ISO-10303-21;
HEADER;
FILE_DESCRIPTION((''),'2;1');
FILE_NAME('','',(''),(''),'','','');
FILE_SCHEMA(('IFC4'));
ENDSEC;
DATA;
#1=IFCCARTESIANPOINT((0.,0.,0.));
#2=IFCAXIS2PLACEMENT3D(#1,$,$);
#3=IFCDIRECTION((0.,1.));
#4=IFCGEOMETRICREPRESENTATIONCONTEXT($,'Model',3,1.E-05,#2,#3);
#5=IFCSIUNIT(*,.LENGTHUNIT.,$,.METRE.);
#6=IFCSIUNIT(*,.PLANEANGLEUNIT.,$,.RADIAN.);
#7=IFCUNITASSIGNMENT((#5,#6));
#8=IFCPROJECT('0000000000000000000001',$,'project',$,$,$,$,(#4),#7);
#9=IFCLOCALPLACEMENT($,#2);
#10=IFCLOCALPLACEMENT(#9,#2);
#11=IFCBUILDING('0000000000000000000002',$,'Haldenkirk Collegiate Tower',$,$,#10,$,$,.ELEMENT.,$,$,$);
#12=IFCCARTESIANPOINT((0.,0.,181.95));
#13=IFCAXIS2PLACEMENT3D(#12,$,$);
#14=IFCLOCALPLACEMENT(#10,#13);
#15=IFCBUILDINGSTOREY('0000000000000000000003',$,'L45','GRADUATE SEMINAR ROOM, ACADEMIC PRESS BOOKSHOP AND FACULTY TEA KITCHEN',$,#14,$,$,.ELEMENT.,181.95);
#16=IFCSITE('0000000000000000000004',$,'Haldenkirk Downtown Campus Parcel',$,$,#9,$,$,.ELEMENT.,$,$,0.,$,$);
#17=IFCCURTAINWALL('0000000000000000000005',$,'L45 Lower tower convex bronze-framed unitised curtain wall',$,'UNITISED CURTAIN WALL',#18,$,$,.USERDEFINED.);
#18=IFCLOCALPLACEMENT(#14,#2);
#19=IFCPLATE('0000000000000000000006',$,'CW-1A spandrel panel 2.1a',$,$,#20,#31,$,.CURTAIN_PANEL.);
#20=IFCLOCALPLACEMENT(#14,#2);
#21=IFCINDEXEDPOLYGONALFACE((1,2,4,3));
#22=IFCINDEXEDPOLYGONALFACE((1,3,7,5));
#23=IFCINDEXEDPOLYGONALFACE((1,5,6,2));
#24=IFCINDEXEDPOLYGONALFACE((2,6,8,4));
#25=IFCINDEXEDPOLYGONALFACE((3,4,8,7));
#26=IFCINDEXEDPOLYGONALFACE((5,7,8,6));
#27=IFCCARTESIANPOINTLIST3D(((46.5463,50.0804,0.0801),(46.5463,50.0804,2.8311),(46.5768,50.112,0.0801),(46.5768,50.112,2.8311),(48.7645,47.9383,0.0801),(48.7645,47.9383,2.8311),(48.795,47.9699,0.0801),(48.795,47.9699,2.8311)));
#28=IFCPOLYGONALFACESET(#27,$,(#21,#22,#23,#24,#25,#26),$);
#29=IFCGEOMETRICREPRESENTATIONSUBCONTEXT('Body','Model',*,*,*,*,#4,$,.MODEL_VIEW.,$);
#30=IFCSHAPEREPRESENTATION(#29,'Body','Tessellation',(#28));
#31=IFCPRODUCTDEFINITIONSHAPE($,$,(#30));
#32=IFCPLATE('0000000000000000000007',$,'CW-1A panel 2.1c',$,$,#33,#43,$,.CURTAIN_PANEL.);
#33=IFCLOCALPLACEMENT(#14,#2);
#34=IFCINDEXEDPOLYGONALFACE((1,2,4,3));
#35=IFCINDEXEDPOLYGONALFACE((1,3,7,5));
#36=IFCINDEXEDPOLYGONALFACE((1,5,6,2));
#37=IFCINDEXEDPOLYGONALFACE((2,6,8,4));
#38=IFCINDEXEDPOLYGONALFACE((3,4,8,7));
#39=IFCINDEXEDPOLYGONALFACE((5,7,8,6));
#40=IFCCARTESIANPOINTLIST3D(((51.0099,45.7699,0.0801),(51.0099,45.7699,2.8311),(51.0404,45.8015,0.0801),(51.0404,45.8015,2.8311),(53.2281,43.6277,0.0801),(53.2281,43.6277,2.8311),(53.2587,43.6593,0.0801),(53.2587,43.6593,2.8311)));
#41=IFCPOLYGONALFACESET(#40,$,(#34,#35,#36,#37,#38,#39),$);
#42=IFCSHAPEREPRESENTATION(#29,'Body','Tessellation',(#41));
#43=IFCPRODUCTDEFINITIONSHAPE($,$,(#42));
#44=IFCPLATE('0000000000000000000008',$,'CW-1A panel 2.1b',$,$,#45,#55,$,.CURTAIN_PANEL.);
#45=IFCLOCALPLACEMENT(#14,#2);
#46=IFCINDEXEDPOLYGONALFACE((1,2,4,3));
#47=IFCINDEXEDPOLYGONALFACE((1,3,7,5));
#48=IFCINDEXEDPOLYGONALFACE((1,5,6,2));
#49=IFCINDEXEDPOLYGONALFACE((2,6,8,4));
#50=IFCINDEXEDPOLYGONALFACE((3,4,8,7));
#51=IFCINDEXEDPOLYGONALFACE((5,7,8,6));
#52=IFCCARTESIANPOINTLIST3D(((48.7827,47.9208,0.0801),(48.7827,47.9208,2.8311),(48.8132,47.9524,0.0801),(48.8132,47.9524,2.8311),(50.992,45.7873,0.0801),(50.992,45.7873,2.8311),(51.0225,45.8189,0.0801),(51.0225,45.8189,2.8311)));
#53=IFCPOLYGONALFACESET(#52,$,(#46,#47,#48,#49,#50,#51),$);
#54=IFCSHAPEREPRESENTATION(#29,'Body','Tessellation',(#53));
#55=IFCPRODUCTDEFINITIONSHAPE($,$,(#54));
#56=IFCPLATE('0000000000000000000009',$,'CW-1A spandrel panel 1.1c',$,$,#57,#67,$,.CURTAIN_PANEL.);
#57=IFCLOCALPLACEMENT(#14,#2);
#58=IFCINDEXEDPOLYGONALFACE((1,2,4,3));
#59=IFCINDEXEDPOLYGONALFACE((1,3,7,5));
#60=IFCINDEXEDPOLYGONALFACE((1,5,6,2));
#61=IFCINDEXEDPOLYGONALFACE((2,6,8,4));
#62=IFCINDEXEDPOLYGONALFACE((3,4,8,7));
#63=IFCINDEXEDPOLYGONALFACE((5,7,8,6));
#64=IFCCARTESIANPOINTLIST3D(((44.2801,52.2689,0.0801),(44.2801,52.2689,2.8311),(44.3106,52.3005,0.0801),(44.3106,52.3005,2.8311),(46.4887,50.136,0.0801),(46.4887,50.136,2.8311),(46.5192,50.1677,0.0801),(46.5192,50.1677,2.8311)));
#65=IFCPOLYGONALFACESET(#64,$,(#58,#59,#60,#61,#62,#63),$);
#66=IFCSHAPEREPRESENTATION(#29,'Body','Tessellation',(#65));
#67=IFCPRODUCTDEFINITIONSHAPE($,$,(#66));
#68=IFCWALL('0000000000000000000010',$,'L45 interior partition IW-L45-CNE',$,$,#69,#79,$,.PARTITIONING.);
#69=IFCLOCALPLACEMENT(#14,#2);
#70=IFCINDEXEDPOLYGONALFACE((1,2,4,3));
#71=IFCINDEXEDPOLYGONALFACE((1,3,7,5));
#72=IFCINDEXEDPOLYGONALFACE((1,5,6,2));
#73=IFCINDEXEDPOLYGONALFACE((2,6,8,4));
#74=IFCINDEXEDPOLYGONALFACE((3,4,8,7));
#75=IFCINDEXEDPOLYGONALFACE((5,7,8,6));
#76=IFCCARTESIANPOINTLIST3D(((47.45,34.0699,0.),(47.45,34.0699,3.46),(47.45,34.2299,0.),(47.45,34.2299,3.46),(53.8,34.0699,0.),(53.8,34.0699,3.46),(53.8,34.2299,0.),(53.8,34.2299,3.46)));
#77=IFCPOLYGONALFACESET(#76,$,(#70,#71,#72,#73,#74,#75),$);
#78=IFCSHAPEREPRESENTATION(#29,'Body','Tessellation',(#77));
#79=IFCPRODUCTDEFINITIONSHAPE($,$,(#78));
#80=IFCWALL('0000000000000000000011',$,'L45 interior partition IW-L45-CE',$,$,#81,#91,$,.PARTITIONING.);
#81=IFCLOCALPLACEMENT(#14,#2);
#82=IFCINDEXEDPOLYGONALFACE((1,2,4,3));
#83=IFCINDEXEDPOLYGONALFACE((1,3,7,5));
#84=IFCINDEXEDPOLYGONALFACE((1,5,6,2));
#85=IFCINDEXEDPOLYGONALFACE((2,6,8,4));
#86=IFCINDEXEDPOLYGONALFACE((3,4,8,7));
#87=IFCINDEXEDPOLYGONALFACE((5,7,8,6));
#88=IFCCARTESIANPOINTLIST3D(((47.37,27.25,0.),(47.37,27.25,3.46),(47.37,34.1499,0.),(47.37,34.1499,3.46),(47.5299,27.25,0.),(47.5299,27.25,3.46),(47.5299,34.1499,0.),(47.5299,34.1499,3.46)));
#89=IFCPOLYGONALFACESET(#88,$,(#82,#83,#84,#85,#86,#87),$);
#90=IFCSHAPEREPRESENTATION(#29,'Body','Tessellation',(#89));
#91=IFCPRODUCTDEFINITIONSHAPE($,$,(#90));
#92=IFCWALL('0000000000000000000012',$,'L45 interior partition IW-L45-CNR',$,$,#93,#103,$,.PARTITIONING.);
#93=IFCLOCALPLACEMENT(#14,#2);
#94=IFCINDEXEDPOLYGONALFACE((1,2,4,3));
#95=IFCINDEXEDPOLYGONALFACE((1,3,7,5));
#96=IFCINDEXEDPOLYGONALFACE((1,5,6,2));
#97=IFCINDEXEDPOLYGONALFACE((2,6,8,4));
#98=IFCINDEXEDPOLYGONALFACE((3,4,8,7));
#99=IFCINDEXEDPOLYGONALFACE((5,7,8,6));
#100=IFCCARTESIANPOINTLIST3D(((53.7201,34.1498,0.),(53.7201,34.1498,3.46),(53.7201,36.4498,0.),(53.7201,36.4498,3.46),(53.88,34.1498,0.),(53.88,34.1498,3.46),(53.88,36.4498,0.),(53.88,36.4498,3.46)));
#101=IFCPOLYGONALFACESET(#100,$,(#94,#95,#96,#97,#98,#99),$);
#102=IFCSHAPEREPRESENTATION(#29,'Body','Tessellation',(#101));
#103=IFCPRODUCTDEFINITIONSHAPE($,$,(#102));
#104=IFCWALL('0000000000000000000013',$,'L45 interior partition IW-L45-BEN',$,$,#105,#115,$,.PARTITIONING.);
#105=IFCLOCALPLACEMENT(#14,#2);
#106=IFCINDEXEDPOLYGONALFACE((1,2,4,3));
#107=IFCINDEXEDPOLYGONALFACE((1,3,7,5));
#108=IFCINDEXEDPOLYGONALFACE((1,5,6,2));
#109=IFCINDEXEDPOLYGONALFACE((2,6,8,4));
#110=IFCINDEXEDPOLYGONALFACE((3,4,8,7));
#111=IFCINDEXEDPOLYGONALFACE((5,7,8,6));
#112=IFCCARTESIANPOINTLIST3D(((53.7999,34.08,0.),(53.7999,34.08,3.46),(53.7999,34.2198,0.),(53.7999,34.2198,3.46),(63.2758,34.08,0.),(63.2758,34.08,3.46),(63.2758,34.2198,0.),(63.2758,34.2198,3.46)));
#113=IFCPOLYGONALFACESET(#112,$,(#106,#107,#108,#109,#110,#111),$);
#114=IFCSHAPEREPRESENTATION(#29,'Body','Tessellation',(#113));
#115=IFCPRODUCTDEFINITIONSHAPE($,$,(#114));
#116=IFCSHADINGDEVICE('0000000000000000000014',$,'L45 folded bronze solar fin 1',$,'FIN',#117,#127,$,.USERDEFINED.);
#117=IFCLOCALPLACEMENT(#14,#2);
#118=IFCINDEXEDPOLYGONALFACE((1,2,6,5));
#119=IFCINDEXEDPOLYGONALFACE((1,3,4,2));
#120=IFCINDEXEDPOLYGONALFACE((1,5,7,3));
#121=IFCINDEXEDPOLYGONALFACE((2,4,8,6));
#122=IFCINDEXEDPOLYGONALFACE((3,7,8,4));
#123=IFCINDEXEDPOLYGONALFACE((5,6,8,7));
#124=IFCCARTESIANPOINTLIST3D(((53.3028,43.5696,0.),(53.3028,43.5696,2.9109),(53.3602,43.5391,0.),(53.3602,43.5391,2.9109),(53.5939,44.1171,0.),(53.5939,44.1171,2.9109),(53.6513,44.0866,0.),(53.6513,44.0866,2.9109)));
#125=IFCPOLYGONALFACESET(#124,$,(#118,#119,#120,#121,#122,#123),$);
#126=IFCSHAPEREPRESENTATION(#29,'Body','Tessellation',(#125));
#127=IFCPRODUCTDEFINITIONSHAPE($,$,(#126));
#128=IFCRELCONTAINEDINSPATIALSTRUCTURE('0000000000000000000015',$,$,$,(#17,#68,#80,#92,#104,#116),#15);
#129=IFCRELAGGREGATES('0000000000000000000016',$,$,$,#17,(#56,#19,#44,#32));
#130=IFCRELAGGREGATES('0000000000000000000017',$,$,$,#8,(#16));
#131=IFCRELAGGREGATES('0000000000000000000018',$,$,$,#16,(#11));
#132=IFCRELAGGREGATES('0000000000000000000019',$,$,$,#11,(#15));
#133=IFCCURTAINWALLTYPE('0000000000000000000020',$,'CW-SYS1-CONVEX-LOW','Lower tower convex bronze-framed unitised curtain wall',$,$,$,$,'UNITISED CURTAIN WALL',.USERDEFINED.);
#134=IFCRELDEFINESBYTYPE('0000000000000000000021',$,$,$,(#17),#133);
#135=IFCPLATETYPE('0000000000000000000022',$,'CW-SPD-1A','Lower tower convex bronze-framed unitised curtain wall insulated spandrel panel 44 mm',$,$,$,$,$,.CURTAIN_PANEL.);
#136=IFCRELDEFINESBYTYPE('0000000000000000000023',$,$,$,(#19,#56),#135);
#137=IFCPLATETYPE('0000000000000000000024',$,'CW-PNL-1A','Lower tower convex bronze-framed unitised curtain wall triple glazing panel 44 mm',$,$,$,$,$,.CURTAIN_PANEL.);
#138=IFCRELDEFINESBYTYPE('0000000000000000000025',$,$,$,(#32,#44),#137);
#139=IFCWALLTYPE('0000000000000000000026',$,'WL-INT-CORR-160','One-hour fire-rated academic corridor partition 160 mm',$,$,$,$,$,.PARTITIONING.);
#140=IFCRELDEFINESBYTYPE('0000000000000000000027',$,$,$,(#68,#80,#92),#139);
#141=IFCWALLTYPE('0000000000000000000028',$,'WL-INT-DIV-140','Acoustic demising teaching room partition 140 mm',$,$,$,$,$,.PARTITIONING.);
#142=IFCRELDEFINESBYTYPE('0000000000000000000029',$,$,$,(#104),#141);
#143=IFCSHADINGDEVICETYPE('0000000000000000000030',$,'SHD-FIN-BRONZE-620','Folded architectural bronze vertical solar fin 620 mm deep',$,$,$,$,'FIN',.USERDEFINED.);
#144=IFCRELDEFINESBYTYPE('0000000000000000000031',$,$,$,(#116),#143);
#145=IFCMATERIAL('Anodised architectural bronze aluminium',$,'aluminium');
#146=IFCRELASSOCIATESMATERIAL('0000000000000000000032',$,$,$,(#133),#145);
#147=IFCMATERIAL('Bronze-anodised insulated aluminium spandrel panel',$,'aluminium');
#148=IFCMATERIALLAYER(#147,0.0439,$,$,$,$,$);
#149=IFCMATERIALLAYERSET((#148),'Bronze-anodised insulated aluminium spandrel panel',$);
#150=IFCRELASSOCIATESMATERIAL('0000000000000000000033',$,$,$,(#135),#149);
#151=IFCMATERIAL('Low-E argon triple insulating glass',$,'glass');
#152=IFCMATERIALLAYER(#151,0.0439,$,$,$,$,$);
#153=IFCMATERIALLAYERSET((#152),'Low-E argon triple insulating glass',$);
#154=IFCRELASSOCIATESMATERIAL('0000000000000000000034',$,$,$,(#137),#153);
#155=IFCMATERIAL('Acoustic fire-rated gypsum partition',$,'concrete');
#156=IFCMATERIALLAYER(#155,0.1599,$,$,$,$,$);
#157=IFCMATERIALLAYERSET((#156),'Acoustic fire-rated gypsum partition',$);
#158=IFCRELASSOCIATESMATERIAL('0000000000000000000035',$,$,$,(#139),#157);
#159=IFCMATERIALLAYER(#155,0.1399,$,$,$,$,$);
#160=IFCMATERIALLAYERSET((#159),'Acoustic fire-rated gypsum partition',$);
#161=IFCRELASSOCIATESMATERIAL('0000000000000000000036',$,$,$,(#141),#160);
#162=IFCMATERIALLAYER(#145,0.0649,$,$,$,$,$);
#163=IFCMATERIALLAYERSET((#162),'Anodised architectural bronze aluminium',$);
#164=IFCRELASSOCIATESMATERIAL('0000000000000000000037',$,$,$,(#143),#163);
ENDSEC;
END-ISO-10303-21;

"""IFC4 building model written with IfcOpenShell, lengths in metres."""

from ifc_helpers import new_model, si_unit, direction, frame, frame_2d, origin, origin_2d, place, context, subcontext, project, spatial, rectangle, extrude, source, transform, mapped, material, layer, layer_set, type_object, element, aggregate, save


model = new_model("IFC4")

# Units and contexts
model_context = context("Model", 3, precision=1e-05, world=origin(), true_north=direction((0.0, 1.0)))
body_context = subcontext(model_context, "Body", "Model", "MODEL_VIEW")
ifc_project = project(units=[si_unit("LENGTHUNIT", "METRE"), si_unit("PLANEANGLEUNIT", "RADIAN")], contexts=[model_context])

# Site, building, storey
site_placement = place(None, origin())
site = spatial("IfcSite", under=ifc_project, at=site_placement, Name="Haldenkirk Downtown Campus Parcel", CompositionType="ELEMENT", RefElevation=0.0)
building_placement = place(site_placement, origin())
building = spatial("IfcBuilding", under=site, at=building_placement, Name="Haldenkirk Collegiate Tower", CompositionType="ELEMENT")
storey_placement = place(building_placement, frame((0.0, 0.0, 181.95)))
storey = spatial("IfcBuildingStorey", under=building, at=storey_placement, Name="L45", Description="GRADUATE SEMINAR ROOM, ACADEMIC PRESS BOOKSHOP AND FACULTY TEA KITCHEN", CompositionType="ELEMENT", Elevation=181.95)

# Curtain wall
ifc_material_1 = material(Name="Anodised architectural bronze aluminium", Category="aluminium")
curtain_wall_type = type_object("IfcCurtainWallType", Name="CW-SYS1-CONVEX-LOW", Description="Lower tower convex bronze-framed unitised curtain wall", ElementType="UNITISED CURTAIN WALL", PredefinedType="USERDEFINED", material=ifc_material_1)
curtain_wall_placement = place(storey_placement, origin())
curtain_wall = element("IfcCurtainWall", 1, at=curtain_wall_placement, inside=storey, type_object=curtain_wall_type, Name="L45 Lower tower convex bronze-framed unitised curtain wall", ObjectType="UNITISED CURTAIN WALL", PredefinedType="USERDEFINED")

# Plates
ifc_material_2 = material(Name="Bronze-anodised insulated aluminium spandrel panel", Category="aluminium")
ifc_layer_1 = layer(ifc_material_2, 0.0439)
ifc_layer_set_1 = layer_set([ifc_layer_1], Name="Bronze-anodised insulated aluminium spandrel panel")
plate_type_1 = type_object("IfcPlateType", Name="CW-SPD-1A", Description="Lower tower convex bronze-framed unitised curtain wall insulated spandrel panel 44 mm", PredefinedType="CURTAIN_PANEL", material=ifc_layer_set_1)
shared_shape_1 = source(origin(), body_context, "Body", "SweptSolid", [
    extrude(rectangle(XDim=3.0837, YDim=0.0439, at=origin_2d()), origin(), (0.0, 0.0, 1.0), 2.751),
])
plate_1_placement = place(storey_placement, frame((47.6707, 49.0251, 0.0801), z_axis=(0.0, 0.0, 1.0), x_axis=(0.719341, -0.694658, 0.0)))
plate_1 = element("IfcPlate", 2, at=plate_1_placement, type_object=plate_type_1, Name="CW-1A spandrel panel 2.1a", PredefinedType="CURTAIN_PANEL", context=body_context, shape_type="MappedRepresentation", body=[
    mapped(shared_shape_1, transform((0.0, 0.0, 0.0), x_axis=(1.0, 0.0, 0.0), y_axis=(0.0, 1.0, 0.0), z_axis=(0.0, 0.0, 1.0), scale=1.0)),
])
ifc_material_3 = material(Name="Low-E argon triple insulating glass", Category="glass")
ifc_layer_2 = layer(ifc_material_3, 0.0439)
ifc_layer_set_2 = layer_set([ifc_layer_2], Name="Low-E argon triple insulating glass")
plate_type_2 = type_object("IfcPlateType", Name="CW-PNL-1A", Description="Lower tower convex bronze-framed unitised curtain wall triple glazing panel 44 mm", PredefinedType="CURTAIN_PANEL", material=ifc_layer_set_2)
plate_2_placement = place(storey_placement, frame((52.1343, 44.7146, 0.0801), z_axis=(0.0, 0.0, 1.0), x_axis=(0.719341, -0.694658, 0.0)))
plate_2 = element("IfcPlate", 3, at=plate_2_placement, type_object=plate_type_2, Name="CW-1A panel 2.1c", PredefinedType="CURTAIN_PANEL", context=body_context, shape_type="MappedRepresentation", body=[
    mapped(shared_shape_1, transform((0.0, 0.0, 0.0), x_axis=(1.0, 0.0, 0.0), y_axis=(0.0, 1.0, 0.0), z_axis=(0.0, 0.0, 1.0), scale=1.0)),
])
shared_shape_2 = source(origin(), body_context, "Body", "SweptSolid", [
    extrude(rectangle(XDim=3.0713, YDim=0.0439, at=origin_2d()), origin(), (0.0, 0.0, 1.0), 2.751),
])
plate_3_placement = place(storey_placement, frame((49.9026, 46.8699, 0.0801), z_axis=(0.0, 0.0, 1.0), x_axis=(0.719341, -0.694658, 0.0)))
plate_3 = element("IfcPlate", 4, at=plate_3_placement, type_object=plate_type_2, Name="CW-1A panel 2.1b", PredefinedType="CURTAIN_PANEL", context=body_context, shape_type="MappedRepresentation", body=[
    mapped(shared_shape_2, transform((0.0, 0.0, 0.0), x_axis=(1.0, 0.0, 0.0), y_axis=(0.0, 1.0, 0.0), z_axis=(0.0, 0.0, 1.0), scale=1.0)),
])
shared_shape_3 = source(origin(), body_context, "Body", "SweptSolid", [
    extrude(rectangle(XDim=3.0703, YDim=0.0439, at=origin_2d()), origin(), (0.0, 0.0, 1.0), 2.751),
])
plate_4_placement = place(storey_placement, frame((45.3997, 51.2183, 0.0801), z_axis=(0.0, 0.0, 1.0), x_axis=(0.719341, -0.694658, 0.0)))
plate_4 = element("IfcPlate", 5, at=plate_4_placement, type_object=plate_type_1, Name="CW-1A spandrel panel 1.1c", PredefinedType="CURTAIN_PANEL", context=body_context, shape_type="MappedRepresentation", body=[
    mapped(shared_shape_3, transform((0.0, 0.0, 0.0), x_axis=(1.0, 0.0, 0.0), y_axis=(0.0, 1.0, 0.0), z_axis=(0.0, 0.0, 1.0), scale=1.0)),
])
aggregate(curtain_wall, [plate_4, plate_1, plate_3, plate_2])

# Walls
ifc_material_4 = material(Name="Acoustic fire-rated gypsum partition", Category="concrete")
ifc_layer_3 = layer(ifc_material_4, 0.1599)
ifc_layer_set_3 = layer_set([ifc_layer_3], Name="Acoustic fire-rated gypsum partition")
wall_type_1 = type_object("IfcWallType", Name="WL-INT-CORR-160", Description="One-hour fire-rated academic corridor partition 160 mm", PredefinedType="PARTITIONING", material=ifc_layer_set_3)
wall_1_placement = place(storey_placement, frame((47.45, 34.1499, 0.0), z_axis=(0.0, 0.0, 1.0), x_axis=(1.0, 0.0, 0.0)))
element("IfcWall", 6, at=wall_1_placement, inside=storey, type_object=wall_type_1, Name="L45 interior partition IW-L45-CNE", PredefinedType="PARTITIONING", context=body_context, shape_type="SweptSolid", body=[
    extrude(rectangle(XDim=6.3501, YDim=0.1599, at=frame_2d((3.175, 0.0))), origin(), (0.0, 0.0, 1.0), 3.46),
])
wall_2_placement = place(storey_placement, frame((47.45, 27.25, 0.0), z_axis=(0.0, 0.0, 1.0), x_axis=(0.0, 1.0, 0.0)))
element("IfcWall", 7, at=wall_2_placement, inside=storey, type_object=wall_type_1, Name="L45 interior partition IW-L45-CE", PredefinedType="PARTITIONING", context=body_context, shape_type="SweptSolid", body=[
    extrude(rectangle(XDim=6.8999, YDim=0.1599, at=frame_2d((3.45, 0.0))), origin(), (0.0, 0.0, 1.0), 3.46),
])
wall_3_placement = place(storey_placement, frame((53.8, 34.1499, 0.0), z_axis=(0.0, 0.0, 1.0), x_axis=(0.0, 1.0, 0.0)))
element("IfcWall", 8, at=wall_3_placement, inside=storey, type_object=wall_type_1, Name="L45 interior partition IW-L45-CNR", PredefinedType="PARTITIONING", context=body_context, shape_type="SweptSolid", body=[
    extrude(rectangle(XDim=2.3, YDim=0.1599, at=frame_2d((1.1499, 0.0))), origin(), (0.0, 0.0, 1.0), 3.46),
])
ifc_layer_4 = layer(ifc_material_4, 0.1399)
ifc_layer_set_4 = layer_set([ifc_layer_4], Name="Acoustic fire-rated gypsum partition")
wall_type_2 = type_object("IfcWallType", Name="WL-INT-DIV-140", Description="Acoustic demising teaching room partition 140 mm", PredefinedType="PARTITIONING", material=ifc_layer_set_4)
wall_4_placement = place(storey_placement, frame((53.8, 34.1499, 0.0), z_axis=(0.0, 0.0, 1.0), x_axis=(1.0, 0.0, 0.0)))
element("IfcWall", 9, at=wall_4_placement, inside=storey, type_object=wall_type_2, Name="L45 interior partition IW-L45-BEN", PredefinedType="PARTITIONING", context=body_context, shape_type="SweptSolid", body=[
    extrude(rectangle(XDim=9.4758, YDim=0.1399, at=frame_2d((4.7378, 0.0))), origin(), (0.0, 0.0, 1.0), 3.46),
])

# Shading device
ifc_layer_5 = layer(ifc_material_1, 0.0649)
ifc_layer_set_5 = layer_set([ifc_layer_5], Name="Anodised architectural bronze aluminium")
shading_device_type = type_object("IfcShadingDeviceType", Name="SHD-FIN-BRONZE-620", Description="Folded architectural bronze vertical solar fin 620 mm deep", ElementType="FIN", PredefinedType="USERDEFINED", material=ifc_layer_set_5)
shared_shape_4 = source(origin(), body_context, "Body", "SweptSolid", [
    extrude(rectangle(XDim=0.6201, YDim=0.0649, at=origin_2d()), origin(), (0.0, 0.0, 1.0), 2.9109),
])
shading_device_placement = place(storey_placement, frame((53.4771, 43.8281, 0.0), z_axis=(0.0, 0.0, 1.0), x_axis=(0.469472, 0.882948, 0.0)))
element("IfcShadingDevice", 10, at=shading_device_placement, inside=storey, type_object=shading_device_type, Name="L45 folded bronze solar fin 1", ObjectType="FIN", PredefinedType="USERDEFINED", context=body_context, shape_type="MappedRepresentation", body=[
    mapped(shared_shape_4, transform((0.0, 0.0, 0.0), x_axis=(1.0, 0.0, 0.0), y_axis=(0.0, 1.0, 0.0), z_axis=(0.0, 0.0, 1.0), scale=1.0)),
])

save(model, "model.ifc")
